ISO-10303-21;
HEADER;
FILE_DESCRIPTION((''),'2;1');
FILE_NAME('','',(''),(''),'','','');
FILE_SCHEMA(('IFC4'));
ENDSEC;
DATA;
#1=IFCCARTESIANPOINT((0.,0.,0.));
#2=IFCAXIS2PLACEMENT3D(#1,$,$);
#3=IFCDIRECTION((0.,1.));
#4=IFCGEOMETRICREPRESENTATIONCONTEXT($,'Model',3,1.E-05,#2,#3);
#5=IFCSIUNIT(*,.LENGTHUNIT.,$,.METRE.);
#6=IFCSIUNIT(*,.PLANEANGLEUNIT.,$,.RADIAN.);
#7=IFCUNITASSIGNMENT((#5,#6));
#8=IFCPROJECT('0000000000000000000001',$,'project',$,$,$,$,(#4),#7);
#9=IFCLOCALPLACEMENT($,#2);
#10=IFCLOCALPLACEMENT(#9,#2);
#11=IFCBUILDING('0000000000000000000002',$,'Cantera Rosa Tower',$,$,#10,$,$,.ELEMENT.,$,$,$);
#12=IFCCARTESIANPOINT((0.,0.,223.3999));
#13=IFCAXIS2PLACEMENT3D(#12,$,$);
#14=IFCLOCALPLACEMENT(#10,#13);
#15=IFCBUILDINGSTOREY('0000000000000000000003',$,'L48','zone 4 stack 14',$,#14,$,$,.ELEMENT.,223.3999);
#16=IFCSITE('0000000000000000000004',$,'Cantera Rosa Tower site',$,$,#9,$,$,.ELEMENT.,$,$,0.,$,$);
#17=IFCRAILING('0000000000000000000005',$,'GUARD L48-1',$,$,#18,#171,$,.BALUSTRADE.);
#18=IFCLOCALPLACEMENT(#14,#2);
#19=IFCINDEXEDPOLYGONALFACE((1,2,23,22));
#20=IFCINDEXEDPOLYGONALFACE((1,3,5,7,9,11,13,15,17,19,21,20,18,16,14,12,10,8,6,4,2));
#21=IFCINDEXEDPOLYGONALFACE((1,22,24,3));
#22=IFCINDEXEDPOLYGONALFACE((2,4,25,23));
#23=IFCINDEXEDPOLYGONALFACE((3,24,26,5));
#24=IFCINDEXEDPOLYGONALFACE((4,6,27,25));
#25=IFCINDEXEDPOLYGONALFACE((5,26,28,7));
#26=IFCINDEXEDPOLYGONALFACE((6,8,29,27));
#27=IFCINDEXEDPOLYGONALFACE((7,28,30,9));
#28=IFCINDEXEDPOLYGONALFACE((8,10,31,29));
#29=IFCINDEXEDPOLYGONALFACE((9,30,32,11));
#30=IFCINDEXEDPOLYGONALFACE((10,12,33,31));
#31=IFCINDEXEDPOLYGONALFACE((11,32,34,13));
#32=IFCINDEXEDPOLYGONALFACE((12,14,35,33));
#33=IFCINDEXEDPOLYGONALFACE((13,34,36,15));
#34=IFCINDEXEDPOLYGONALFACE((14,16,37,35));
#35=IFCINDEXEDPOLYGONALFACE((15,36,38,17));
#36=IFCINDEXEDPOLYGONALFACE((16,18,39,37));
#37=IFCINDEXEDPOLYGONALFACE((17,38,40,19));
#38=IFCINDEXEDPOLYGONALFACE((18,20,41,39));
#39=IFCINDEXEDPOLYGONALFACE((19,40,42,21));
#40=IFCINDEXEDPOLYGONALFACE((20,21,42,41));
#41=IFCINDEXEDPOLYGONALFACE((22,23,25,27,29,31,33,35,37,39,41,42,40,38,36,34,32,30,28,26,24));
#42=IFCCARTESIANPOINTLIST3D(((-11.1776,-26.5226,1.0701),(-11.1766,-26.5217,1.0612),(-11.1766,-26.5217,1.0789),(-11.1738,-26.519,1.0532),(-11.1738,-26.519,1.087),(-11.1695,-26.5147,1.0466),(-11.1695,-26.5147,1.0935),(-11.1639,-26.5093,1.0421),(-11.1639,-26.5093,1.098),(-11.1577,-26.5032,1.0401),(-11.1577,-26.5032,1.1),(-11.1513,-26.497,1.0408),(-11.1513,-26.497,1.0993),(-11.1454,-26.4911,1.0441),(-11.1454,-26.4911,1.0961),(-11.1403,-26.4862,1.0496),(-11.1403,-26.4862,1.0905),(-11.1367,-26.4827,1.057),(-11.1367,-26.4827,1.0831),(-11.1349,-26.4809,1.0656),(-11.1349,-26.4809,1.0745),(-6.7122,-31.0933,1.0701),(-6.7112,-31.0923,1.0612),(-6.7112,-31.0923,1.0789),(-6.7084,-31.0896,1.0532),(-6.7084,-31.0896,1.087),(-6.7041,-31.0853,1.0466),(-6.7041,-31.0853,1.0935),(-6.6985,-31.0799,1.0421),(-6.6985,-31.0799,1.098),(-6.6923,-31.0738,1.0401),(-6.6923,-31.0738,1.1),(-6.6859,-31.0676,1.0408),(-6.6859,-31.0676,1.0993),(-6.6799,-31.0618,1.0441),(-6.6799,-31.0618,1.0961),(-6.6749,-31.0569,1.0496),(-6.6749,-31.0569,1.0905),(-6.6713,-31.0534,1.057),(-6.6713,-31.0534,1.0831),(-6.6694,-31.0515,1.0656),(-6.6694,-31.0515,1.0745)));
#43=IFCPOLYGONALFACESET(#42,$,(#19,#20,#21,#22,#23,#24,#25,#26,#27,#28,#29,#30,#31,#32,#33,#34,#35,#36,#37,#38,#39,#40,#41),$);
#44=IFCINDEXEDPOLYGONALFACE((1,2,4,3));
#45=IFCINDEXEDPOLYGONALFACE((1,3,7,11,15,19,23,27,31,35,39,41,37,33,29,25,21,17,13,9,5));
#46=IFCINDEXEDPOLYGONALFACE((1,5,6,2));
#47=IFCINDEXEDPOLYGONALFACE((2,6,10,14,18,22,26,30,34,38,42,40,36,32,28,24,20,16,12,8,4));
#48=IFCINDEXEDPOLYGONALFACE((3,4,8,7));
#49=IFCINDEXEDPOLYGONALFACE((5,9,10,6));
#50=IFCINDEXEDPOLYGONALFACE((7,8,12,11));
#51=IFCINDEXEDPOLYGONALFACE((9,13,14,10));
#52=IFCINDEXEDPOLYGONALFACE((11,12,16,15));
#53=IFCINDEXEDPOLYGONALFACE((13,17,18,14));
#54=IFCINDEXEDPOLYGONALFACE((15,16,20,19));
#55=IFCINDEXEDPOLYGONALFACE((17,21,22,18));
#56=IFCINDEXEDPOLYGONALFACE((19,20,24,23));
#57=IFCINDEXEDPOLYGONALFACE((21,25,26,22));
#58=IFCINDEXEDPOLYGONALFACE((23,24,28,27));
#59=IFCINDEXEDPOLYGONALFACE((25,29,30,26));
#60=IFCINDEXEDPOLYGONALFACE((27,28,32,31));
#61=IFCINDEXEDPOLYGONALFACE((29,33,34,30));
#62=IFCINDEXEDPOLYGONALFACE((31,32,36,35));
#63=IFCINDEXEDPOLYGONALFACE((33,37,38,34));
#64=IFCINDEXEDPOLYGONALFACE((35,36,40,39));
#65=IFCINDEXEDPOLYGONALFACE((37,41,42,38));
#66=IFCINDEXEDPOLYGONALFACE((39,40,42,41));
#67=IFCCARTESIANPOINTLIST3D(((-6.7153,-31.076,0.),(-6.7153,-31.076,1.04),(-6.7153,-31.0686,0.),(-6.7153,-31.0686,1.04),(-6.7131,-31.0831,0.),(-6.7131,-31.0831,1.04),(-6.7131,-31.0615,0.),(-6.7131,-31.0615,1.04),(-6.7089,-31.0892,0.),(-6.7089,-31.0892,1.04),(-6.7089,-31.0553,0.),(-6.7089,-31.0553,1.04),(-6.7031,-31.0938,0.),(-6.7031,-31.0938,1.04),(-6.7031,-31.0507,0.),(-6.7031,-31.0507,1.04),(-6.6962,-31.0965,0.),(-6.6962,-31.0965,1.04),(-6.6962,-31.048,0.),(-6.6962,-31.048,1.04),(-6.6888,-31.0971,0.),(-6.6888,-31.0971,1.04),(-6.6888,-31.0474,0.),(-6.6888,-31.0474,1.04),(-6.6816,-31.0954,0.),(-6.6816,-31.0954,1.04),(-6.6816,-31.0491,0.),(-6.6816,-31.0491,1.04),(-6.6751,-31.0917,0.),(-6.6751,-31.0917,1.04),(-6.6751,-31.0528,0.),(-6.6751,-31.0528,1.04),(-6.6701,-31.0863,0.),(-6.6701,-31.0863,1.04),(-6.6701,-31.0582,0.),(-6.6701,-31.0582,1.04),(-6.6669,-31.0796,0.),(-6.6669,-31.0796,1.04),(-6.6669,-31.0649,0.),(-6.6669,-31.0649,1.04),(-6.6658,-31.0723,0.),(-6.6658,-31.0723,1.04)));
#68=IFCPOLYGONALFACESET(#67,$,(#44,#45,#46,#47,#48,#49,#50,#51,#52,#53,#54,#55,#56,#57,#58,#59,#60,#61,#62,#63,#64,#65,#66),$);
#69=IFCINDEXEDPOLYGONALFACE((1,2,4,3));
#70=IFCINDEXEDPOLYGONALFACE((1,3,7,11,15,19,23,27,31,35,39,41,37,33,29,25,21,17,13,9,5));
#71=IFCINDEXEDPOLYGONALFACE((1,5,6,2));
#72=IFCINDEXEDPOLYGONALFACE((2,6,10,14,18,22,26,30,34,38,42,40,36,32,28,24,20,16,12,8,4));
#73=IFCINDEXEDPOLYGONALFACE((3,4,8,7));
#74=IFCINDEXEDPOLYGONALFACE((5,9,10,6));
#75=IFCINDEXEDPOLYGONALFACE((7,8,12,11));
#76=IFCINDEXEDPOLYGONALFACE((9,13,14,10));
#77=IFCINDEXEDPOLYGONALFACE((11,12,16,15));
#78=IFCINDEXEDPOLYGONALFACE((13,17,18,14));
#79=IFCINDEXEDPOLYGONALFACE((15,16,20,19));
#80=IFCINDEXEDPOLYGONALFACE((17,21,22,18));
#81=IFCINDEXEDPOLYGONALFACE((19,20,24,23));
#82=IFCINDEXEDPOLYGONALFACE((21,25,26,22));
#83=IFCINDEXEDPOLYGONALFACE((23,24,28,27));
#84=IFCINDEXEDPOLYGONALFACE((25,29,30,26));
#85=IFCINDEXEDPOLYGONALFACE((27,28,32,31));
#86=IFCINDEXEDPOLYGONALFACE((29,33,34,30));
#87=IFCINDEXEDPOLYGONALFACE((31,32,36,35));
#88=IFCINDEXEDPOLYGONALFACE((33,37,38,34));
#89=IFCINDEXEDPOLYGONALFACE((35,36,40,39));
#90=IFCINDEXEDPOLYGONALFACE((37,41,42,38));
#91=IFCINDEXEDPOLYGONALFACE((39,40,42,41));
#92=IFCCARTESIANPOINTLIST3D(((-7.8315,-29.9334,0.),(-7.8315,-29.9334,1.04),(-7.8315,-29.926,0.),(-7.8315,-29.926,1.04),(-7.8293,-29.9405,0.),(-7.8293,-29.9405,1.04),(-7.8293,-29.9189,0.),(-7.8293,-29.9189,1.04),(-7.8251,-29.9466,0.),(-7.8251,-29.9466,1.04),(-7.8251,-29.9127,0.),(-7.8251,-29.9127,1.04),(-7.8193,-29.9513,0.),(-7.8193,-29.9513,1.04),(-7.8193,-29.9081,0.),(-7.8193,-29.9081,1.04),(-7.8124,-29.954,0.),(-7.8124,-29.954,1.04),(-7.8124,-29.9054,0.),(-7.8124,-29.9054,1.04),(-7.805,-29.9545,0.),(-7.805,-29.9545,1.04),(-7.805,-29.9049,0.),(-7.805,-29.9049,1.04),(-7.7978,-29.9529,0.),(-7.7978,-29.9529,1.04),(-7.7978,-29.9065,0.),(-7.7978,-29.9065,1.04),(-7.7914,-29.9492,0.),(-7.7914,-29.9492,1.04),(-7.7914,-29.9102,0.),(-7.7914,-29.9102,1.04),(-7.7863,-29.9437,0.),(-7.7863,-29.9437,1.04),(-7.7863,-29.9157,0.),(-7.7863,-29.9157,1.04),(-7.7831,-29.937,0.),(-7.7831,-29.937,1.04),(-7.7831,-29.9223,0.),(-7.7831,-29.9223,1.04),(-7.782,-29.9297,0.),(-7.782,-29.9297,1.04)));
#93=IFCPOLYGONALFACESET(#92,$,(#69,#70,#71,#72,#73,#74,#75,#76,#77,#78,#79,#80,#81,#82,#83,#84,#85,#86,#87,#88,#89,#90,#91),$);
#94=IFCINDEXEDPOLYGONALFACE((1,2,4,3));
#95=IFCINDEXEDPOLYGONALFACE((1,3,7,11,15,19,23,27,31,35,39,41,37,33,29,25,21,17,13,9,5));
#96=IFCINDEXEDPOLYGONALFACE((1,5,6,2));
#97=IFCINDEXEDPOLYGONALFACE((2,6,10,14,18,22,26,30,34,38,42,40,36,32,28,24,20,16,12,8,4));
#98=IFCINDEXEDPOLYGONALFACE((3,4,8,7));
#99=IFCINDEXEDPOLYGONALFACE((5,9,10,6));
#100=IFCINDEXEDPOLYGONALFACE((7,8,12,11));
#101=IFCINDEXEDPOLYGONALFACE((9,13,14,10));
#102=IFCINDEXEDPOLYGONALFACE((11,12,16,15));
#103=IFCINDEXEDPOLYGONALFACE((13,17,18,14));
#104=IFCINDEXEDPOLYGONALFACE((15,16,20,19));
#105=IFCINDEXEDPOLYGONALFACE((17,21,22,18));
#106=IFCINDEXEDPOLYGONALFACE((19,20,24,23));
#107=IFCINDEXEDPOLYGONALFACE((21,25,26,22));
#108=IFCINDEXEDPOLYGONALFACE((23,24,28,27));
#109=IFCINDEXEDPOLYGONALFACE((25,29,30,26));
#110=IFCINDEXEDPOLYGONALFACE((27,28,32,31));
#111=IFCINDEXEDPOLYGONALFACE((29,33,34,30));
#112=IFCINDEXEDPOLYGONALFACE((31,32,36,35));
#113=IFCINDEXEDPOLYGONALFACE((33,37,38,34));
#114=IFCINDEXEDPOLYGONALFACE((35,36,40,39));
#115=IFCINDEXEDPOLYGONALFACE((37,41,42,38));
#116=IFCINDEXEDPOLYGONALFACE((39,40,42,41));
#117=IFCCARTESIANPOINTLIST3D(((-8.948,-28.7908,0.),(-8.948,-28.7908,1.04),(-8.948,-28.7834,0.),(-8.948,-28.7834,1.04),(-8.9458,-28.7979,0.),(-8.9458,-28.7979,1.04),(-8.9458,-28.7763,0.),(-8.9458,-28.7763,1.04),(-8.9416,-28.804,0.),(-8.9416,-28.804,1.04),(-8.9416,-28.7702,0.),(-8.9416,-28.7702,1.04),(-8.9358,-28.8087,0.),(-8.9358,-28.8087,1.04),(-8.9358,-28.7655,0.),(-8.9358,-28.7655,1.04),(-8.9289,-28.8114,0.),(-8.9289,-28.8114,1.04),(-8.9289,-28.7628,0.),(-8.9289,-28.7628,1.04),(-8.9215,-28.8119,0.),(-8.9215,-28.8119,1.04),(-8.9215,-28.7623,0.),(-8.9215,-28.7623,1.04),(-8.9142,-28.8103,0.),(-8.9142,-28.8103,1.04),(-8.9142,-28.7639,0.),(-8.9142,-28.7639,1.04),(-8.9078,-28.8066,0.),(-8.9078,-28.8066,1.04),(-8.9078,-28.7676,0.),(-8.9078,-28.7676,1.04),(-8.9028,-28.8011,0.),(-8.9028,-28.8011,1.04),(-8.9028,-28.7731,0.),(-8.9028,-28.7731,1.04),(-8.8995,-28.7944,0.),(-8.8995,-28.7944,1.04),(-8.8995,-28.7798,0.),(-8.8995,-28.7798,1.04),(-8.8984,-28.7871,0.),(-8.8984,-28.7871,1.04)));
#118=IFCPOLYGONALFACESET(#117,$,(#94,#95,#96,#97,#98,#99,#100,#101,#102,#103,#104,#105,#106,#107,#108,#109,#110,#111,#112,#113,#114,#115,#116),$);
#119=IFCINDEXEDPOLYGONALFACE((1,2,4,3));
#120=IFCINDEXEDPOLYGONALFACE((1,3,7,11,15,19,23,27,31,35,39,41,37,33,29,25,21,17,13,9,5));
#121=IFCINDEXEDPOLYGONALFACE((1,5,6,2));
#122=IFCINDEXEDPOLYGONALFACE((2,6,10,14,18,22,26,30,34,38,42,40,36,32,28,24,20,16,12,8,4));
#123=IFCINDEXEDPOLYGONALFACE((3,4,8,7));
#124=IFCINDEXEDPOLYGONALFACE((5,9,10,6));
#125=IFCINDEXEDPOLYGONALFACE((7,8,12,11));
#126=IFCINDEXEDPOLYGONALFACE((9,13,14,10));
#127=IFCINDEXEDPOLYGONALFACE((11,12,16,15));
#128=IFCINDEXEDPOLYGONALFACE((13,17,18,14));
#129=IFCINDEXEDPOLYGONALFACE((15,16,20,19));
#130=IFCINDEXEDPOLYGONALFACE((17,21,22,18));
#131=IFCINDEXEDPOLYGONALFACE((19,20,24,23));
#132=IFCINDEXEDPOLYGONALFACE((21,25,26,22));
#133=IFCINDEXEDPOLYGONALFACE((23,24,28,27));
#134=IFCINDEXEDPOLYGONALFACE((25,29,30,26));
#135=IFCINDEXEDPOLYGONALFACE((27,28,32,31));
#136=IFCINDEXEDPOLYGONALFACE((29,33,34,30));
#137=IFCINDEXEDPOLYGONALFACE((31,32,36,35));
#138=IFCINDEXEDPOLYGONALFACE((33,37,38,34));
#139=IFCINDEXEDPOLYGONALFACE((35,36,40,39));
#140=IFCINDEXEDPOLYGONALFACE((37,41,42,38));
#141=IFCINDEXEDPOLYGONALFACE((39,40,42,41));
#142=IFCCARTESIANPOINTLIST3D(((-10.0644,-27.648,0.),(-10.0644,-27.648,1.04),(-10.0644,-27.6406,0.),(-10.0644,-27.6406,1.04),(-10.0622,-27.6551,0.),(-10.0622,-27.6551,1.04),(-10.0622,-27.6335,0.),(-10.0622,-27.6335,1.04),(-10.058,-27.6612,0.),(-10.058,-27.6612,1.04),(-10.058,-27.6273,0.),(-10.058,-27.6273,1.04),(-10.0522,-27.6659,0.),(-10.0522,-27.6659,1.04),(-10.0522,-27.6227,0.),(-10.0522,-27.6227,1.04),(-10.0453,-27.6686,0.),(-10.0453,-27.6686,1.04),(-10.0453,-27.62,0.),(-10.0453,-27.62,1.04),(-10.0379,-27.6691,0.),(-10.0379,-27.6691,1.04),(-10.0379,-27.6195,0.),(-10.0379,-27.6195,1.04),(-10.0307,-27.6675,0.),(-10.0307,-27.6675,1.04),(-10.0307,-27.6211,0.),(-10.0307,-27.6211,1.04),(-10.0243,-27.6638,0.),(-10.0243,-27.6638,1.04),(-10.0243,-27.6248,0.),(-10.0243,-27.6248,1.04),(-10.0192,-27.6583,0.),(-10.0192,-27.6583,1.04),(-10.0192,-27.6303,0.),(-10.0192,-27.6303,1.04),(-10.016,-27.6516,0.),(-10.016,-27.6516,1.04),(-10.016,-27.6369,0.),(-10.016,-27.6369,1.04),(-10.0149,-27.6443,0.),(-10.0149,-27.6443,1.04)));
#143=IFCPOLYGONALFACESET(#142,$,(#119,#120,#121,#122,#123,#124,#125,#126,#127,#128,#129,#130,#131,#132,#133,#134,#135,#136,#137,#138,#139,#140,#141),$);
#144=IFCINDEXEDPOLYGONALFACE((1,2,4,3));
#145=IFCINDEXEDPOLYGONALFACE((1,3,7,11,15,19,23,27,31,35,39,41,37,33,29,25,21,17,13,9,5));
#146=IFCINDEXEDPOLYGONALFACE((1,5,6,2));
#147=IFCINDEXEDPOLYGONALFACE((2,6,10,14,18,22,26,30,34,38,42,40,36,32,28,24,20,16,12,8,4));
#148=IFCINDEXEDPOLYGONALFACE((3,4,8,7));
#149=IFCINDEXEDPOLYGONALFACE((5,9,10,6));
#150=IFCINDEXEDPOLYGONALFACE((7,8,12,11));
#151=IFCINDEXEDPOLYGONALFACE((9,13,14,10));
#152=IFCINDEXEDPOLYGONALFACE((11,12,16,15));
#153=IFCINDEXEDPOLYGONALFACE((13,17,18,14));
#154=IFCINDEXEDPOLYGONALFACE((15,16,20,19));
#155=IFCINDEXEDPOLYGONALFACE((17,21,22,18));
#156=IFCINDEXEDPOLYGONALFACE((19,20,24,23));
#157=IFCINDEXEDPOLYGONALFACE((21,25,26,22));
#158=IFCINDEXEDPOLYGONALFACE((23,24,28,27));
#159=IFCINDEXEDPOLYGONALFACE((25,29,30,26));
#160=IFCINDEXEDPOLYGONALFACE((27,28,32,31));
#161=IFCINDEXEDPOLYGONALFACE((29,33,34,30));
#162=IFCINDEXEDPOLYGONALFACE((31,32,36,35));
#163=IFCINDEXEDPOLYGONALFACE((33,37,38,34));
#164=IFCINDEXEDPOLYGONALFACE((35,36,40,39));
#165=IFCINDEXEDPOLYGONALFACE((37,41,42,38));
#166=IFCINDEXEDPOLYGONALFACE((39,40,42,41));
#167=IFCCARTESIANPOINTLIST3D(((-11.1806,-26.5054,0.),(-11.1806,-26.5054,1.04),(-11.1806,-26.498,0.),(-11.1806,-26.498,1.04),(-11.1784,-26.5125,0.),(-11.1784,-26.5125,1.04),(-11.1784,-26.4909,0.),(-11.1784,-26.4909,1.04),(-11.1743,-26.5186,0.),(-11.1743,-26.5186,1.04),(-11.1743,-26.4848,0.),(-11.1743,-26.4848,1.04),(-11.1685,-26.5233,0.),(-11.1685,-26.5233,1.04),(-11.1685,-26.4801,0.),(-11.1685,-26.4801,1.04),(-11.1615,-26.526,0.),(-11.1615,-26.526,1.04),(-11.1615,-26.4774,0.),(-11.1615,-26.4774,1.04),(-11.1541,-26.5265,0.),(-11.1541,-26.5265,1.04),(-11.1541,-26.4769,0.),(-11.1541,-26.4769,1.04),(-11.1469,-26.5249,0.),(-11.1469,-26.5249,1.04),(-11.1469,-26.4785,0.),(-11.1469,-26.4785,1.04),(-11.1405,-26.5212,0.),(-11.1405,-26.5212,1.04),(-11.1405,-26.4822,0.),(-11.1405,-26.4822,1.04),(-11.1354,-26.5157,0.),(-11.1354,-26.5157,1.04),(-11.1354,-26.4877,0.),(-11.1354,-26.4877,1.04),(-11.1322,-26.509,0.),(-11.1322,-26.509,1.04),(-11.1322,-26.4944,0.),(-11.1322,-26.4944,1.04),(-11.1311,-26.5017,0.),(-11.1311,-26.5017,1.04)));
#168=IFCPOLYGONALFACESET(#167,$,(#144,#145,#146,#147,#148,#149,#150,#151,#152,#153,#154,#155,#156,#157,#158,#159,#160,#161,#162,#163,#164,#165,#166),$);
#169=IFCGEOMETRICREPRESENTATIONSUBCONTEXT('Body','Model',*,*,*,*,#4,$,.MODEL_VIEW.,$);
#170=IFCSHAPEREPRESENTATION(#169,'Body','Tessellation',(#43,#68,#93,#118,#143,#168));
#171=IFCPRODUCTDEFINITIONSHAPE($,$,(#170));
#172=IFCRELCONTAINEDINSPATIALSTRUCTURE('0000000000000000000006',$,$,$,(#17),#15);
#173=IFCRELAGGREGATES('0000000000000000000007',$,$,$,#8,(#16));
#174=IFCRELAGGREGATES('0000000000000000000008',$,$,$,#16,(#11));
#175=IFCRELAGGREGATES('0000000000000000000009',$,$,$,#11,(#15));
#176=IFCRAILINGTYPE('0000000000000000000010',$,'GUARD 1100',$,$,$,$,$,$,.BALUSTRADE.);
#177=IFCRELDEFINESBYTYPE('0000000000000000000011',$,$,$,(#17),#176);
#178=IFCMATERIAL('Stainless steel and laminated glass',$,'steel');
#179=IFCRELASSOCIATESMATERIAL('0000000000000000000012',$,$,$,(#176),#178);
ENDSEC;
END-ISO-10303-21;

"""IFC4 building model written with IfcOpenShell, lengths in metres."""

from ifc_helpers import new_model, si_unit, direction, frame, origin, origin_2d, place, context, subcontext, project, spatial, circle, extrude, material, type_object, element, save


model = new_model("IFC4")

# Units and contexts
model_context = context("Model", 3, precision=1e-05, world=origin(), true_north=direction((0.0, 1.0)))
body_context = subcontext(model_context, "Body", "Model", "MODEL_VIEW")
ifc_project = project(units=[si_unit("LENGTHUNIT", "METRE"), si_unit("PLANEANGLEUNIT", "RADIAN")], contexts=[model_context])

# Site, building, storey
site_placement = place(None, origin())
site = spatial("IfcSite", under=ifc_project, at=site_placement, Name="Cantera Rosa Tower site", CompositionType="ELEMENT", RefElevation=0.0)
building_placement = place(site_placement, origin())
building = spatial("IfcBuilding", under=site, at=building_placement, Name="Cantera Rosa Tower", CompositionType="ELEMENT")
storey_placement = place(building_placement, frame((0.0, 0.0, 223.3999)))
storey = spatial("IfcBuildingStorey", under=building, at=storey_placement, Name="L48", Description="zone 4 stack 14", CompositionType="ELEMENT", Elevation=223.3999)

# Railing
ifc_material_1 = material(Name="Stainless steel and laminated glass", Category="steel")
railing_type = type_object("IfcRailingType", Name="GUARD 1100", PredefinedType="BALUSTRADE", material=ifc_material_1)
railing_placement = place(storey_placement, frame((-6.6907, -31.0723, 0.0)))
element("IfcRailing", 1, at=railing_placement, inside=storey, type_object=railing_type, Name="GUARD L48-1", PredefinedType="BALUSTRADE", context=body_context, shape_type="SweptSolid", body=[
    extrude(circle(Radius=0.03, at=origin_2d()), frame((0.0, 0.0, 1.0701), z_axis=(-0.698825, 0.715293, 0.0), x_axis=(-0.715293, -0.698825, 0.0)), (0.0, 0.0, 1.0), 6.3899),
    extrude(circle(Radius=0.0249, at=origin_2d()), origin(), (0.0, 0.0, 1.0), 1.04),
    extrude(circle(Radius=0.0249, at=origin_2d()), frame((-1.1162, 1.1426, 0.0)), (0.0, 0.0, 1.0), 1.04),
    extrude(circle(Radius=0.0249, at=origin_2d()), frame((-2.2327, 2.2852, 0.0)), (0.0, 0.0, 1.0), 1.04),
    extrude(circle(Radius=0.0249, at=origin_2d()), frame((-3.3491, 3.428, 0.0)), (0.0, 0.0, 1.0), 1.04),
    extrude(circle(Radius=0.0249, at=origin_2d()), frame((-4.4653, 4.5706, 0.0)), (0.0, 0.0, 1.0), 1.04),
])

save(model, "model.ifc")
